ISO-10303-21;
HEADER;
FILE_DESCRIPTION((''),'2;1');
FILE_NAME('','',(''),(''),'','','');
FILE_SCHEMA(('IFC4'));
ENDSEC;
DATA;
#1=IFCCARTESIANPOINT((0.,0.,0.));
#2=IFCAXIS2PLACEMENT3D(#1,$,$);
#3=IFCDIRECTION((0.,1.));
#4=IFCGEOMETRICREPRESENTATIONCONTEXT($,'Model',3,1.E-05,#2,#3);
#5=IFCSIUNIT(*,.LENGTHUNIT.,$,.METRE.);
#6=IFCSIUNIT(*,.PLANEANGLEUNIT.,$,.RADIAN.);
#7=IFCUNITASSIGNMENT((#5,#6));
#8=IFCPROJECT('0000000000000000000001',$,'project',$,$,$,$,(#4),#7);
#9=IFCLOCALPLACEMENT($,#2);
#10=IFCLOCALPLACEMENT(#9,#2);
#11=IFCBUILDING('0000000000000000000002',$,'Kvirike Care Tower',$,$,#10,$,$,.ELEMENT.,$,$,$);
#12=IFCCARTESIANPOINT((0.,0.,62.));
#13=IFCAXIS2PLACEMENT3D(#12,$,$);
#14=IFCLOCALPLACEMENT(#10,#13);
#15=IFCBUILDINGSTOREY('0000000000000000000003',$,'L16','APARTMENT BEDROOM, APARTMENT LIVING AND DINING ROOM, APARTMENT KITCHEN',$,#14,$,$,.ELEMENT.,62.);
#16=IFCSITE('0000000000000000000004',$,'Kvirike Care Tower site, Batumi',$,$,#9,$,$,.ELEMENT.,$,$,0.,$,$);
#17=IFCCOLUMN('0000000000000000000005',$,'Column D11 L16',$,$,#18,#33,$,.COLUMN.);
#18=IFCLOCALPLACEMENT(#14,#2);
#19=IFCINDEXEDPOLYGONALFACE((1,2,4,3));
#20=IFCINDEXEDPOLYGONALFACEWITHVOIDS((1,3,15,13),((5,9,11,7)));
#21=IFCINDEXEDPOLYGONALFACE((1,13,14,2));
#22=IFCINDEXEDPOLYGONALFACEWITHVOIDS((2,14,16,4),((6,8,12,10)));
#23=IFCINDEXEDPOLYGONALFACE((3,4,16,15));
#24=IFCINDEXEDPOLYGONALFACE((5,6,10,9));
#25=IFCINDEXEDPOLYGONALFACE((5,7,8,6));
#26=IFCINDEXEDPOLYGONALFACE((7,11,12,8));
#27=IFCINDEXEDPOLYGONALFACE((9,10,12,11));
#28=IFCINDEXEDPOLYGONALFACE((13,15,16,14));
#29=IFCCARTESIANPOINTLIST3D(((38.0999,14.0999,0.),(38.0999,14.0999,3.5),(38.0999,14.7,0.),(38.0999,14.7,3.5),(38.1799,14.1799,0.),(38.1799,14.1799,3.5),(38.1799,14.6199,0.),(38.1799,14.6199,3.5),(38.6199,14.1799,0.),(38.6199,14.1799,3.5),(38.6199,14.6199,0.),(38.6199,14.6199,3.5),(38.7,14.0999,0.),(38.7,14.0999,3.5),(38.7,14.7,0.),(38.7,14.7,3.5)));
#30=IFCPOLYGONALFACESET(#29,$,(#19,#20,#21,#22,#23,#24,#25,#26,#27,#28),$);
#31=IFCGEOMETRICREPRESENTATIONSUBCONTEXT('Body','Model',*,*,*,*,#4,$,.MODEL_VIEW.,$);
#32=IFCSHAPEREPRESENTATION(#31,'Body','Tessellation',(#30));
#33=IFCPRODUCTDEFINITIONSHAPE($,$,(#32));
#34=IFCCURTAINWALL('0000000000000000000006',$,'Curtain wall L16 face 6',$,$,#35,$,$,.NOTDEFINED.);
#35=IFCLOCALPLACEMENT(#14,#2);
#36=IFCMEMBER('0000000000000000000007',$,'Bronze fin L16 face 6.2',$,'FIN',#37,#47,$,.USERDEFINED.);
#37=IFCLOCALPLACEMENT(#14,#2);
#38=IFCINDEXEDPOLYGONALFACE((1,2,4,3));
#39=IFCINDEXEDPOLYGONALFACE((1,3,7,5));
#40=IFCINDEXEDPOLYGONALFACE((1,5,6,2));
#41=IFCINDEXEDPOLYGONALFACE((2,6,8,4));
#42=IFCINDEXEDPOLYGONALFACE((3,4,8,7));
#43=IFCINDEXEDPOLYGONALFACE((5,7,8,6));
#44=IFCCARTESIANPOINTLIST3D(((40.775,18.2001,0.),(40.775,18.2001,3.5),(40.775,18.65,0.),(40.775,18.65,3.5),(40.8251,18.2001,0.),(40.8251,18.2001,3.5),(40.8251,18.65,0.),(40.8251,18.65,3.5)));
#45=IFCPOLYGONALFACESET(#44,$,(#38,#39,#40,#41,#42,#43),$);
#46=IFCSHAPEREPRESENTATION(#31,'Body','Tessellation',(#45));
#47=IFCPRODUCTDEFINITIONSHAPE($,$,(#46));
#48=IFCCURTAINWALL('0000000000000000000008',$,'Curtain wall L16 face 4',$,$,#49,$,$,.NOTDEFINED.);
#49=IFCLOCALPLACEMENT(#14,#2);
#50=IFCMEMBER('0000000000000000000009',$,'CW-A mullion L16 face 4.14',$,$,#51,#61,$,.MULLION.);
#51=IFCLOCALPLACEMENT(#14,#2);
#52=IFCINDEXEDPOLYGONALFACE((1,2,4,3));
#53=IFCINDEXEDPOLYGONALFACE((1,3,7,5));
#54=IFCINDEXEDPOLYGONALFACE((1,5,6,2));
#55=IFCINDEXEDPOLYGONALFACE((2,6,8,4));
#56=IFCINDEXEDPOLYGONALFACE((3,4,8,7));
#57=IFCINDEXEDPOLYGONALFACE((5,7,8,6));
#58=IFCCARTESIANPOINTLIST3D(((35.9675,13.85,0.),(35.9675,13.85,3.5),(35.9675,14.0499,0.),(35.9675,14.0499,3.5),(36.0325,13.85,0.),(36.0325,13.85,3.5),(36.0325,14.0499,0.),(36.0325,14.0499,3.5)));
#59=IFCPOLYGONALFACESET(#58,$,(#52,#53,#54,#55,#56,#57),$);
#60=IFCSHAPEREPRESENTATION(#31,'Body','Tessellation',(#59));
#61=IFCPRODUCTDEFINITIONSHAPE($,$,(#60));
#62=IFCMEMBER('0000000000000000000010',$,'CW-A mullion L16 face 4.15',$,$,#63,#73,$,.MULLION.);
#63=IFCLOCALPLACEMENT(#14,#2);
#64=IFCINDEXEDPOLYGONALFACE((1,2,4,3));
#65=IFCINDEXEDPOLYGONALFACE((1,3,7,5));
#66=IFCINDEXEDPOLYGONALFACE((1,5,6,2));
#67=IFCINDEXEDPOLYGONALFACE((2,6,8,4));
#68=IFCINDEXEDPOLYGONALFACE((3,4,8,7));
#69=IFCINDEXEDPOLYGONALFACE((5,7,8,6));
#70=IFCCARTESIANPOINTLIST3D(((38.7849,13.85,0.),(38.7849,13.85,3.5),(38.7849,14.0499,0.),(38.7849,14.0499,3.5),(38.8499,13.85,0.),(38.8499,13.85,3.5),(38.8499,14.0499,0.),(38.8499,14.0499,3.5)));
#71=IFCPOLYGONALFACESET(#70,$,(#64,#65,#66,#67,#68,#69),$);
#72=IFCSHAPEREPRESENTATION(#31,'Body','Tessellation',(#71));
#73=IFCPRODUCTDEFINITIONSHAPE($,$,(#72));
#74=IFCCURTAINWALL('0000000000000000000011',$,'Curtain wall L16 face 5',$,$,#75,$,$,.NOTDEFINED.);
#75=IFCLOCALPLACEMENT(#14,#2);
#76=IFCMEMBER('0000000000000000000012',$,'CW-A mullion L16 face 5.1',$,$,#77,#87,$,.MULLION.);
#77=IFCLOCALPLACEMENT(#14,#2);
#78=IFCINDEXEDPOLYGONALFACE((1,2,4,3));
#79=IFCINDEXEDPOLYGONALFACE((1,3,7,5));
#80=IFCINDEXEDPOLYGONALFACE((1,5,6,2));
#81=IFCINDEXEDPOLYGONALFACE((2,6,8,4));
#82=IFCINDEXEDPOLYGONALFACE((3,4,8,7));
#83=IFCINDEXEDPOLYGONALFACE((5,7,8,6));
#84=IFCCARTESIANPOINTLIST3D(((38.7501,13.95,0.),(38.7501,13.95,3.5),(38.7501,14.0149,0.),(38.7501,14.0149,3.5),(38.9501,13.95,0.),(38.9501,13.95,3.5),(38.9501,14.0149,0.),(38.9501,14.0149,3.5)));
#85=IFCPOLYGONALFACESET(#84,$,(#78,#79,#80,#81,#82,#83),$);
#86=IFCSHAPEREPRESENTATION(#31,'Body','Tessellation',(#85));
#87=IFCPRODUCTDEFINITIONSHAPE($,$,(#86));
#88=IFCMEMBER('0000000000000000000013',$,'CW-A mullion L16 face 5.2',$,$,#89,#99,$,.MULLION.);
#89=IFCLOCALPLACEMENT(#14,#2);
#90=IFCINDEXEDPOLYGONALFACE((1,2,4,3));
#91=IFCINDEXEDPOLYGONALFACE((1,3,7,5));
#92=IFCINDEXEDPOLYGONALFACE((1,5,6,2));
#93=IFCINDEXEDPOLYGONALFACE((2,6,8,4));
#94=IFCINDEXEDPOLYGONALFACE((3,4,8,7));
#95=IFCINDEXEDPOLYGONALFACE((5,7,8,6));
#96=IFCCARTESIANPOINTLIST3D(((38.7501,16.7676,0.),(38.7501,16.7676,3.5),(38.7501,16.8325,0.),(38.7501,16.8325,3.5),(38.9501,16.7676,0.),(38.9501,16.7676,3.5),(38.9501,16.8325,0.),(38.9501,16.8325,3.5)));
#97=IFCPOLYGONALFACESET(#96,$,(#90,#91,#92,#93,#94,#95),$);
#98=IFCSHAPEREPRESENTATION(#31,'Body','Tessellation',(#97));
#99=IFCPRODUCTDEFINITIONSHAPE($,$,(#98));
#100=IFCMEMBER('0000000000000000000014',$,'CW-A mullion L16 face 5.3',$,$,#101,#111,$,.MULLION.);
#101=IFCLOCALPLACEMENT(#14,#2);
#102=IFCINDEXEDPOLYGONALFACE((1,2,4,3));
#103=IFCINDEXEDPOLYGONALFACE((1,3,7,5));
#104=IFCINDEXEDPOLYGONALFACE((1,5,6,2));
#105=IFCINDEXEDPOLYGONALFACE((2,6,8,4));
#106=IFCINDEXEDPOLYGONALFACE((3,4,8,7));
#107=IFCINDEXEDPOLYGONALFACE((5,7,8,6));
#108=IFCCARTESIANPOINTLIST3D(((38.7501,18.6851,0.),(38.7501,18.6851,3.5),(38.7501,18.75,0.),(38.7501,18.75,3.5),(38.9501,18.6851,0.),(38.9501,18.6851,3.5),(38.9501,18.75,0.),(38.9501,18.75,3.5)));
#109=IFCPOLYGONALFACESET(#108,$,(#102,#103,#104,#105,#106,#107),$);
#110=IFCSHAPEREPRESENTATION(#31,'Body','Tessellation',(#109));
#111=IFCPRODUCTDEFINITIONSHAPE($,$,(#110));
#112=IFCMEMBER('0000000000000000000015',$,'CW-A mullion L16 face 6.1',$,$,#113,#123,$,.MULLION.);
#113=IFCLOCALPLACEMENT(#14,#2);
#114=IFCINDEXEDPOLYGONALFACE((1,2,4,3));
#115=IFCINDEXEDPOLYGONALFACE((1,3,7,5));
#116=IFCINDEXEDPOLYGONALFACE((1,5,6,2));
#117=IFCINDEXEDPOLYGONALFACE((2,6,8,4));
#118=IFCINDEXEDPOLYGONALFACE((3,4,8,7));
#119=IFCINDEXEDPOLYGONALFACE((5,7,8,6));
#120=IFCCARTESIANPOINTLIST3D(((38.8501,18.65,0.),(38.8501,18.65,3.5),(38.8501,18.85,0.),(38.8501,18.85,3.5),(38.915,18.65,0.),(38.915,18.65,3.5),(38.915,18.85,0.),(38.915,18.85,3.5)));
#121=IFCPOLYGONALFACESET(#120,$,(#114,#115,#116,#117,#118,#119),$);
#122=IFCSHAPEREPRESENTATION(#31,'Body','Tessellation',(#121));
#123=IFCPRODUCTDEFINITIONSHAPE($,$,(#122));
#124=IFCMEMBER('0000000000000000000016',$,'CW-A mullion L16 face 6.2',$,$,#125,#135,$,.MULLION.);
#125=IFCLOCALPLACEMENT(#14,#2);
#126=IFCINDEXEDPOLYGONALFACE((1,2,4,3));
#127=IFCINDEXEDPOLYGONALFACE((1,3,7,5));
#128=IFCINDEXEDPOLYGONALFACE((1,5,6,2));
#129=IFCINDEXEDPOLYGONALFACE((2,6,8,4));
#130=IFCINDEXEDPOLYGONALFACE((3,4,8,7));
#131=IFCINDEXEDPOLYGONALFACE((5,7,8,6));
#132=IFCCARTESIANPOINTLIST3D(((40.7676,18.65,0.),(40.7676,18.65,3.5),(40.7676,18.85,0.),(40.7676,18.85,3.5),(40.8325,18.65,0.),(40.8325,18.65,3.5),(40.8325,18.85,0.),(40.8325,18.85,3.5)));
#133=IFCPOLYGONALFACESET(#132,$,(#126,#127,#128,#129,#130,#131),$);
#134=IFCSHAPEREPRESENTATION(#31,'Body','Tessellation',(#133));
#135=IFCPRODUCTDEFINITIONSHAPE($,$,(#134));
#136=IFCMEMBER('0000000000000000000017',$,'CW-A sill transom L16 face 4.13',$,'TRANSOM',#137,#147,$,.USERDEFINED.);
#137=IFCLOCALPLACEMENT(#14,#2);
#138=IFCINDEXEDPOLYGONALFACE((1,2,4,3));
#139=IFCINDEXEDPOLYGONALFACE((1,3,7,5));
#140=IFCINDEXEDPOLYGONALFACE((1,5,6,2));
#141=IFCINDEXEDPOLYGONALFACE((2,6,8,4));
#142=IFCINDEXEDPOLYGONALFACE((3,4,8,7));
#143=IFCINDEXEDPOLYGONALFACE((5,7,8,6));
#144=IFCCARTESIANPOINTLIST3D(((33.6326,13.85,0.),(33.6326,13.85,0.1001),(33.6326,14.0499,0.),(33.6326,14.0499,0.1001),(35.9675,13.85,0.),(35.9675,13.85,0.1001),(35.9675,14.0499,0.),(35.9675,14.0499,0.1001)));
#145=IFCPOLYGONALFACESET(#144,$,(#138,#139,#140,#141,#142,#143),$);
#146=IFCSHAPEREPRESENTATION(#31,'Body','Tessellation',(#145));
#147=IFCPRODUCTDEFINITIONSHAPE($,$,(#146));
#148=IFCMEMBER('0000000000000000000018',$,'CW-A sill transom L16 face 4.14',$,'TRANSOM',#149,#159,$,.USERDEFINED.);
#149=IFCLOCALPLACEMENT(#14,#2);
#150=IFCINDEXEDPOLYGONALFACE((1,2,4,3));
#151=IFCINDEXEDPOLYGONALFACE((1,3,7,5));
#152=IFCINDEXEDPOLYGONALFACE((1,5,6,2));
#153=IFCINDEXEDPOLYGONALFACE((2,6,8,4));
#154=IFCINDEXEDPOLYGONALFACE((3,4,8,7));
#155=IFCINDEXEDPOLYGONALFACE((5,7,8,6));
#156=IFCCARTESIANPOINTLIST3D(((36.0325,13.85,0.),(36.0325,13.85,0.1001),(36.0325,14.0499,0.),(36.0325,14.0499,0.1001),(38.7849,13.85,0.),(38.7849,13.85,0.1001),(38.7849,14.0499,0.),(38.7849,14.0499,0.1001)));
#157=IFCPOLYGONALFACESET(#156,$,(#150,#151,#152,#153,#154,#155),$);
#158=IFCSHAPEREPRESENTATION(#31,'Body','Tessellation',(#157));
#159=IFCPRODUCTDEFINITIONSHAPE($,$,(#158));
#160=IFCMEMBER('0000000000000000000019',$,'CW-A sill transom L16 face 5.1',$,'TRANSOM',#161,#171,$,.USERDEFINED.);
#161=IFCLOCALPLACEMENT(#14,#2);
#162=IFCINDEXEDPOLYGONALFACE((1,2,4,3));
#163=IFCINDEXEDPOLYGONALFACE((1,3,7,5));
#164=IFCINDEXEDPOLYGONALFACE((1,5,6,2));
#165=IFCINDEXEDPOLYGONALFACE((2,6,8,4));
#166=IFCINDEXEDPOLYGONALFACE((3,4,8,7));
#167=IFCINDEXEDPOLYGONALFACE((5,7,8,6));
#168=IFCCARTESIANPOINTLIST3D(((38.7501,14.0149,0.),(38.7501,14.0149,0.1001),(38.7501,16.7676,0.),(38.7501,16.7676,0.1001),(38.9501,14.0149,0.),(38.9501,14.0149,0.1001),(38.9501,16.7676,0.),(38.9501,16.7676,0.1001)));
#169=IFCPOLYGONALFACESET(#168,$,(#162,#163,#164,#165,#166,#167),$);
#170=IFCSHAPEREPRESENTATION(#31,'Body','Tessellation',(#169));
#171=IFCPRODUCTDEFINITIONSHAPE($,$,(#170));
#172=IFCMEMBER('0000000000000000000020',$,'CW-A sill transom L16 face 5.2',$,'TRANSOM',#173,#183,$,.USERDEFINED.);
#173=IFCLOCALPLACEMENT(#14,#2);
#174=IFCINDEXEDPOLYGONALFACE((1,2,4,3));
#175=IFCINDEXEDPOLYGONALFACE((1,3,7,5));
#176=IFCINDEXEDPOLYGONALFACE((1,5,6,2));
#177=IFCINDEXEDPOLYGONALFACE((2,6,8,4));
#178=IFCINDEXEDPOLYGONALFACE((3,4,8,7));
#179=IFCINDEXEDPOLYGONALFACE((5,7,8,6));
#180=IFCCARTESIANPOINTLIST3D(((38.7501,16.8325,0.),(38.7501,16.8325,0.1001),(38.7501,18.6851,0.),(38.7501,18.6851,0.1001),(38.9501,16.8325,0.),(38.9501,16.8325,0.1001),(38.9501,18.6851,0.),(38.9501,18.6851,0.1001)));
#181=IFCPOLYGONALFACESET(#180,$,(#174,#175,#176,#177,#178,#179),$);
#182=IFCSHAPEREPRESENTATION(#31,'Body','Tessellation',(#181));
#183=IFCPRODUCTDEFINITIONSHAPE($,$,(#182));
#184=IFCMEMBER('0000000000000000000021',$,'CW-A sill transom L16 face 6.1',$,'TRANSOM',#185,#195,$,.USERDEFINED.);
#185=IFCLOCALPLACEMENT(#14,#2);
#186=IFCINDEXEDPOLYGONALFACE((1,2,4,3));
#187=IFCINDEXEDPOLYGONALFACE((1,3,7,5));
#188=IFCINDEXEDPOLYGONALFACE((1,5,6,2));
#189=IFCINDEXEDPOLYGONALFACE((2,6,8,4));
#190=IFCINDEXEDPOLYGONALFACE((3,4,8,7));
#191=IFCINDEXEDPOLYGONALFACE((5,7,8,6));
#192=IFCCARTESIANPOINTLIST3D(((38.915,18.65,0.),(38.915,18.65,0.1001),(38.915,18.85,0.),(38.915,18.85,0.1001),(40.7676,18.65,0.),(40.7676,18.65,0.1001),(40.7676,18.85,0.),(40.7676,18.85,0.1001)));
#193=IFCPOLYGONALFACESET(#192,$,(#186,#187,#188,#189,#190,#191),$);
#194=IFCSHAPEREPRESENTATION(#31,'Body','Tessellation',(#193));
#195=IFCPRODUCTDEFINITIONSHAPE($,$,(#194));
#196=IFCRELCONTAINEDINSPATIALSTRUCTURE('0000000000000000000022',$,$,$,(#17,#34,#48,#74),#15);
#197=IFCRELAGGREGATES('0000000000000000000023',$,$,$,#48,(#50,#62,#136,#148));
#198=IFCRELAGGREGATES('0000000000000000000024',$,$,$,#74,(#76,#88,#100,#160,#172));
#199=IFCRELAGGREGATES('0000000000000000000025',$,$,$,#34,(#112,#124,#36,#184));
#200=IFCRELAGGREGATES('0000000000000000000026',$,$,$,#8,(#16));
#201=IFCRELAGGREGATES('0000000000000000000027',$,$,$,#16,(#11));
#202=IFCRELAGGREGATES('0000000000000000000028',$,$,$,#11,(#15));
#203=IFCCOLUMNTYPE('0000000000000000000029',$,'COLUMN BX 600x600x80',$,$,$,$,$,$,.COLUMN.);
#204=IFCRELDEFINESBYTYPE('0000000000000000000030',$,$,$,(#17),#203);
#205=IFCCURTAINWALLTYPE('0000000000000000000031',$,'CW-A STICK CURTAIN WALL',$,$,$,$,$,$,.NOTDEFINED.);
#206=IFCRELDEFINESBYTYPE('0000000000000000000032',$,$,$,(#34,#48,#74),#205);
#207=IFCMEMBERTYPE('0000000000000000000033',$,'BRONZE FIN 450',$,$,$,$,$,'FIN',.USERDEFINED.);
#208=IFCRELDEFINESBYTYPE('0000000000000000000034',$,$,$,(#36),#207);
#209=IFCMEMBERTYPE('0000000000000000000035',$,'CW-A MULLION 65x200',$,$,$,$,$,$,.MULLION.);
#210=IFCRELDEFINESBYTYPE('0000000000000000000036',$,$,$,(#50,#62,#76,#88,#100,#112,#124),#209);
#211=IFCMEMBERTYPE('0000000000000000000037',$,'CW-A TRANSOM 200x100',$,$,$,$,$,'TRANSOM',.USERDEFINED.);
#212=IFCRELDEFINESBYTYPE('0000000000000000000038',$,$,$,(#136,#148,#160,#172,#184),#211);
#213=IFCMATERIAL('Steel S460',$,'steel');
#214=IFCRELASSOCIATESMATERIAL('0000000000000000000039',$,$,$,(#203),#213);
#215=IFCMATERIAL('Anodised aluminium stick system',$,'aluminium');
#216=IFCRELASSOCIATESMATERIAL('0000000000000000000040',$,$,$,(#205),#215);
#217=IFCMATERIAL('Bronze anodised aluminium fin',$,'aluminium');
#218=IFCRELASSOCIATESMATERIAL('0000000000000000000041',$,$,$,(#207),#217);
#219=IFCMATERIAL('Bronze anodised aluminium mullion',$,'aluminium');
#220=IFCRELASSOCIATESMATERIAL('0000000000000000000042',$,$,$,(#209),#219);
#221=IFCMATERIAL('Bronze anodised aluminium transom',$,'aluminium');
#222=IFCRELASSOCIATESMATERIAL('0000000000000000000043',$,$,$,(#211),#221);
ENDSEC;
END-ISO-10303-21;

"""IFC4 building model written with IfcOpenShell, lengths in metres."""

from ifc_helpers import new_model, si_unit, direction, frame, origin, origin_2d, place, context, subcontext, project, spatial, rectangle, hollow_rectangle, extrude, material, material_profile, profile_set, type_object, element, aggregate, save


model = new_model("IFC4")

# Units and contexts
model_context = context("Model", 3, precision=1e-05, world=origin(), true_north=direction((0.0, 1.0)))
body_context = subcontext(model_context, "Body", "Model", "MODEL_VIEW")
ifc_project = project(units=[si_unit("LENGTHUNIT", "METRE"), si_unit("PLANEANGLEUNIT", "RADIAN")], contexts=[model_context])

# Site, building, storey
site_placement = place(None, origin())
site = spatial("IfcSite", under=ifc_project, at=site_placement, Name="Kvirike Care Tower site, Batumi", CompositionType="ELEMENT", RefElevation=0.0)
building_placement = place(site_placement, origin())
building = spatial("IfcBuilding", under=site, at=building_placement, Name="Kvirike Care Tower", CompositionType="ELEMENT")
storey_placement = place(building_placement, frame((0.0, 0.0, 62.0)))
storey = spatial("IfcBuildingStorey", under=building, at=storey_placement, Name="L16", Description="APARTMENT BEDROOM, APARTMENT LIVING AND DINING ROOM, APARTMENT KITCHEN", CompositionType="ELEMENT", Elevation=62.0)

# Column
ifc_material_1 = material(Name="Steel S460", Category="steel")
ifc_material_profile_1 = material_profile(ifc_material_1, hollow_rectangle(XDim=0.6001, YDim=0.6001, WallThickness=0.0801, at=origin_2d()), Name="BX 600x600x80")
ifc_profile_set_1 = profile_set([ifc_material_profile_1], Name="Steel S460")
column_type = type_object("IfcColumnType", Name="COLUMN BX 600x600x80", PredefinedType="COLUMN", material=ifc_profile_set_1)
column_placement = place(storey_placement, frame((38.3999, 14.3999, 0.0), z_axis=(0.0, 0.0, 1.0), x_axis=(0.0, 1.0, 0.0)))
element("IfcColumn", 1, at=column_placement, inside=storey, type_object=column_type, Name="Column D11 L16", PredefinedType="COLUMN", context=body_context, shape_type="SweptSolid", body=[
    extrude(hollow_rectangle(XDim=0.6001, YDim=0.6001, WallThickness=0.0801, at=origin_2d()), origin(), (0.0, 0.0, 1.0), 3.5),
])

# Curtain wall, member
ifc_material_2 = material(Name="Anodised aluminium stick system", Category="aluminium")
curtain_wall_type = type_object("IfcCurtainWallType", Name="CW-A STICK CURTAIN WALL", PredefinedType="NOTDEFINED", material=ifc_material_2)
curtain_wall_1_placement = place(storey_placement, origin())
curtain_wall_1 = element("IfcCurtainWall", 2, at=curtain_wall_1_placement, inside=storey, type_object=curtain_wall_type, Name="Curtain wall L16 face 6", PredefinedType="NOTDEFINED")
ifc_material_3 = material(Name="Bronze anodised aluminium fin", Category="aluminium")
ifc_material_profile_2 = material_profile(ifc_material_3, rectangle(XDim=0.05, YDim=0.45, at=origin_2d()), Name="BRONZE FIN 450")
ifc_profile_set_2 = profile_set([ifc_material_profile_2], Name="Bronze anodised aluminium fin")
member_type_1 = type_object("IfcMemberType", Name="BRONZE FIN 450", ElementType="FIN", PredefinedType="USERDEFINED", material=ifc_profile_set_2)
member_1_placement = place(storey_placement, frame((40.8, 18.425, 0.0), z_axis=(0.0, 0.0, 1.0), x_axis=(1.0, 0.0, 0.0)))
member_1 = element("IfcMember", 3, at=member_1_placement, type_object=member_type_1, Name="Bronze fin L16 face 6.2", ObjectType="FIN", PredefinedType="USERDEFINED", context=body_context, shape_type="SweptSolid", body=[
    extrude(rectangle(XDim=0.05, YDim=0.45, at=origin_2d()), origin(), (0.0, 0.0, 1.0), 3.5),
])

# Curtain walls, members
curtain_wall_2_placement = place(storey_placement, origin())
curtain_wall_2 = element("IfcCurtainWall", 4, at=curtain_wall_2_placement, inside=storey, type_object=curtain_wall_type, Name="Curtain wall L16 face 4", PredefinedType="NOTDEFINED")
ifc_material_4 = material(Name="Bronze anodised aluminium mullion", Category="aluminium")
ifc_material_profile_3 = material_profile(ifc_material_4, rectangle(XDim=0.0649, YDim=0.2, at=origin_2d()), Name="CW-A MULLION 65x200")
ifc_profile_set_3 = profile_set([ifc_material_profile_3], Name="Bronze anodised aluminium mullion")
member_type_2 = type_object("IfcMemberType", Name="CW-A MULLION 65x200", PredefinedType="MULLION", material=ifc_profile_set_3)
member_2_placement = place(storey_placement, frame((36.0, 13.95, 0.0), z_axis=(0.0, 0.0, 1.0), x_axis=(1.0, 0.0, 0.0)))
member_2 = element("IfcMember", 5, at=member_2_placement, type_object=member_type_2, Name="CW-A mullion L16 face 4.14", PredefinedType="MULLION", context=body_context, shape_type="SweptSolid", body=[
    extrude(rectangle(XDim=0.0649, YDim=0.2, at=origin_2d()), origin(), (0.0, 0.0, 1.0), 3.5),
])
member_3_placement = place(storey_placement, frame((38.8174, 13.95, 0.0), z_axis=(0.0, 0.0, 1.0), x_axis=(1.0, 0.0, 0.0)))
member_3 = element("IfcMember", 6, at=member_3_placement, type_object=member_type_2, Name="CW-A mullion L16 face 4.15", PredefinedType="MULLION", context=body_context, shape_type="SweptSolid", body=[
    extrude(rectangle(XDim=0.0649, YDim=0.2, at=origin_2d()), origin(), (0.0, 0.0, 1.0), 3.5),
])
curtain_wall_3_placement = place(storey_placement, origin())
curtain_wall_3 = element("IfcCurtainWall", 7, at=curtain_wall_3_placement, inside=storey, type_object=curtain_wall_type, Name="Curtain wall L16 face 5", PredefinedType="NOTDEFINED")
member_4_placement = place(storey_placement, frame((38.8501, 13.9824, 0.0), z_axis=(0.0, 0.0, 1.0), x_axis=(0.0, 1.0, 0.0)))
member_4 = element("IfcMember", 8, at=member_4_placement, type_object=member_type_2, Name="CW-A mullion L16 face 5.1", PredefinedType="MULLION", context=body_context, shape_type="SweptSolid", body=[
    extrude(rectangle(XDim=0.0649, YDim=0.2, at=origin_2d()), origin(), (0.0, 0.0, 1.0), 3.5),
])
member_5_placement = place(storey_placement, frame((38.8501, 16.8, 0.0), z_axis=(0.0, 0.0, 1.0), x_axis=(0.0, 1.0, 0.0)))
member_5 = element("IfcMember", 9, at=member_5_placement, type_object=member_type_2, Name="CW-A mullion L16 face 5.2", PredefinedType="MULLION", context=body_context, shape_type="SweptSolid", body=[
    extrude(rectangle(XDim=0.0649, YDim=0.2, at=origin_2d()), origin(), (0.0, 0.0, 1.0), 3.5),
])
member_6_placement = place(storey_placement, frame((38.8501, 18.7175, 0.0), z_axis=(0.0, 0.0, 1.0), x_axis=(0.0, 1.0, 0.0)))
member_6 = element("IfcMember", 10, at=member_6_placement, type_object=member_type_2, Name="CW-A mullion L16 face 5.3", PredefinedType="MULLION", context=body_context, shape_type="SweptSolid", body=[
    extrude(rectangle(XDim=0.0649, YDim=0.2, at=origin_2d()), origin(), (0.0, 0.0, 1.0), 3.5),
])

# Members
member_7_placement = place(storey_placement, frame((38.8826, 18.75, 0.0), z_axis=(0.0, 0.0, 1.0), x_axis=(1.0, 0.0, 0.0)))
member_7 = element("IfcMember", 11, at=member_7_placement, type_object=member_type_2, Name="CW-A mullion L16 face 6.1", PredefinedType="MULLION", context=body_context, shape_type="SweptSolid", body=[
    extrude(rectangle(XDim=0.0649, YDim=0.2, at=origin_2d()), origin(), (0.0, 0.0, 1.0), 3.5),
])
member_8_placement = place(storey_placement, frame((40.8, 18.75, 0.0), z_axis=(0.0, 0.0, 1.0), x_axis=(1.0, 0.0, 0.0)))
member_8 = element("IfcMember", 12, at=member_8_placement, type_object=member_type_2, Name="CW-A mullion L16 face 6.2", PredefinedType="MULLION", context=body_context, shape_type="SweptSolid", body=[
    extrude(rectangle(XDim=0.0649, YDim=0.2, at=origin_2d()), origin(), (0.0, 0.0, 1.0), 3.5),
])
ifc_material_5 = material(Name="Bronze anodised aluminium transom", Category="aluminium")
ifc_material_profile_4 = material_profile(ifc_material_5, rectangle(XDim=0.2, YDim=0.1001, at=origin_2d()), Name="CW-A TRANSOM 200x100")
ifc_profile_set_4 = profile_set([ifc_material_profile_4], Name="Bronze anodised aluminium transom")
member_type_3 = type_object("IfcMemberType", Name="CW-A TRANSOM 200x100", ElementType="TRANSOM", PredefinedType="USERDEFINED", material=ifc_profile_set_4)
member_9_placement = place(storey_placement, frame((33.6326, 13.95, 0.05), z_axis=(1.0, 0.0, 0.0), x_axis=(0.0, 1.0, 0.0)))
member_9 = element("IfcMember", 13, at=member_9_placement, type_object=member_type_3, Name="CW-A sill transom L16 face 4.13", ObjectType="TRANSOM", PredefinedType="USERDEFINED", context=body_context, shape_type="SweptSolid", body=[
    extrude(rectangle(XDim=0.2, YDim=0.1001, at=origin_2d()), origin(), (0.0, 0.0, 1.0), 2.335),
])
member_10_placement = place(storey_placement, frame((36.0325, 13.95, 0.05), z_axis=(1.0, 0.0, 0.0), x_axis=(0.0, 1.0, 0.0)))
member_10 = element("IfcMember", 14, at=member_10_placement, type_object=member_type_3, Name="CW-A sill transom L16 face 4.14", ObjectType="TRANSOM", PredefinedType="USERDEFINED", context=body_context, shape_type="SweptSolid", body=[
    extrude(rectangle(XDim=0.2, YDim=0.1001, at=origin_2d()), origin(), (0.0, 0.0, 1.0), 2.7524),
])
member_11_placement = place(storey_placement, frame((38.8501, 14.0149, 0.05), z_axis=(0.0, 1.0, 0.0), x_axis=(-1.0, 0.0, 0.0)))
member_11 = element("IfcMember", 15, at=member_11_placement, type_object=member_type_3, Name="CW-A sill transom L16 face 5.1", ObjectType="TRANSOM", PredefinedType="USERDEFINED", context=body_context, shape_type="SweptSolid", body=[
    extrude(rectangle(XDim=0.2, YDim=0.1001, at=origin_2d()), origin(), (0.0, 0.0, 1.0), 2.7527),
])
member_12_placement = place(storey_placement, frame((38.8501, 16.8325, 0.05), z_axis=(0.0, 1.0, 0.0), x_axis=(-1.0, 0.0, 0.0)))
member_12 = element("IfcMember", 16, at=member_12_placement, type_object=member_type_3, Name="CW-A sill transom L16 face 5.2", ObjectType="TRANSOM", PredefinedType="USERDEFINED", context=body_context, shape_type="SweptSolid", body=[
    extrude(rectangle(XDim=0.2, YDim=0.1001, at=origin_2d()), origin(), (0.0, 0.0, 1.0), 1.8525),
])
member_13_placement = place(storey_placement, frame((38.915, 18.75, 0.05), z_axis=(1.0, 0.0, 0.0), x_axis=(0.0, 1.0, 0.0)))
member_13 = element("IfcMember", 17, at=member_13_placement, type_object=member_type_3, Name="CW-A sill transom L16 face 6.1", ObjectType="TRANSOM", PredefinedType="USERDEFINED", context=body_context, shape_type="SweptSolid", body=[
    extrude(rectangle(XDim=0.2, YDim=0.1001, at=origin_2d()), origin(), (0.0, 0.0, 1.0), 1.8525),
])

aggregate(curtain_wall_2, [member_2, member_3, member_9, member_10])
aggregate(curtain_wall_3, [member_4, member_5, member_6, member_11, member_12])
aggregate(curtain_wall_1, [member_7, member_8, member_1, member_13])

save(model, "model.ifc")
